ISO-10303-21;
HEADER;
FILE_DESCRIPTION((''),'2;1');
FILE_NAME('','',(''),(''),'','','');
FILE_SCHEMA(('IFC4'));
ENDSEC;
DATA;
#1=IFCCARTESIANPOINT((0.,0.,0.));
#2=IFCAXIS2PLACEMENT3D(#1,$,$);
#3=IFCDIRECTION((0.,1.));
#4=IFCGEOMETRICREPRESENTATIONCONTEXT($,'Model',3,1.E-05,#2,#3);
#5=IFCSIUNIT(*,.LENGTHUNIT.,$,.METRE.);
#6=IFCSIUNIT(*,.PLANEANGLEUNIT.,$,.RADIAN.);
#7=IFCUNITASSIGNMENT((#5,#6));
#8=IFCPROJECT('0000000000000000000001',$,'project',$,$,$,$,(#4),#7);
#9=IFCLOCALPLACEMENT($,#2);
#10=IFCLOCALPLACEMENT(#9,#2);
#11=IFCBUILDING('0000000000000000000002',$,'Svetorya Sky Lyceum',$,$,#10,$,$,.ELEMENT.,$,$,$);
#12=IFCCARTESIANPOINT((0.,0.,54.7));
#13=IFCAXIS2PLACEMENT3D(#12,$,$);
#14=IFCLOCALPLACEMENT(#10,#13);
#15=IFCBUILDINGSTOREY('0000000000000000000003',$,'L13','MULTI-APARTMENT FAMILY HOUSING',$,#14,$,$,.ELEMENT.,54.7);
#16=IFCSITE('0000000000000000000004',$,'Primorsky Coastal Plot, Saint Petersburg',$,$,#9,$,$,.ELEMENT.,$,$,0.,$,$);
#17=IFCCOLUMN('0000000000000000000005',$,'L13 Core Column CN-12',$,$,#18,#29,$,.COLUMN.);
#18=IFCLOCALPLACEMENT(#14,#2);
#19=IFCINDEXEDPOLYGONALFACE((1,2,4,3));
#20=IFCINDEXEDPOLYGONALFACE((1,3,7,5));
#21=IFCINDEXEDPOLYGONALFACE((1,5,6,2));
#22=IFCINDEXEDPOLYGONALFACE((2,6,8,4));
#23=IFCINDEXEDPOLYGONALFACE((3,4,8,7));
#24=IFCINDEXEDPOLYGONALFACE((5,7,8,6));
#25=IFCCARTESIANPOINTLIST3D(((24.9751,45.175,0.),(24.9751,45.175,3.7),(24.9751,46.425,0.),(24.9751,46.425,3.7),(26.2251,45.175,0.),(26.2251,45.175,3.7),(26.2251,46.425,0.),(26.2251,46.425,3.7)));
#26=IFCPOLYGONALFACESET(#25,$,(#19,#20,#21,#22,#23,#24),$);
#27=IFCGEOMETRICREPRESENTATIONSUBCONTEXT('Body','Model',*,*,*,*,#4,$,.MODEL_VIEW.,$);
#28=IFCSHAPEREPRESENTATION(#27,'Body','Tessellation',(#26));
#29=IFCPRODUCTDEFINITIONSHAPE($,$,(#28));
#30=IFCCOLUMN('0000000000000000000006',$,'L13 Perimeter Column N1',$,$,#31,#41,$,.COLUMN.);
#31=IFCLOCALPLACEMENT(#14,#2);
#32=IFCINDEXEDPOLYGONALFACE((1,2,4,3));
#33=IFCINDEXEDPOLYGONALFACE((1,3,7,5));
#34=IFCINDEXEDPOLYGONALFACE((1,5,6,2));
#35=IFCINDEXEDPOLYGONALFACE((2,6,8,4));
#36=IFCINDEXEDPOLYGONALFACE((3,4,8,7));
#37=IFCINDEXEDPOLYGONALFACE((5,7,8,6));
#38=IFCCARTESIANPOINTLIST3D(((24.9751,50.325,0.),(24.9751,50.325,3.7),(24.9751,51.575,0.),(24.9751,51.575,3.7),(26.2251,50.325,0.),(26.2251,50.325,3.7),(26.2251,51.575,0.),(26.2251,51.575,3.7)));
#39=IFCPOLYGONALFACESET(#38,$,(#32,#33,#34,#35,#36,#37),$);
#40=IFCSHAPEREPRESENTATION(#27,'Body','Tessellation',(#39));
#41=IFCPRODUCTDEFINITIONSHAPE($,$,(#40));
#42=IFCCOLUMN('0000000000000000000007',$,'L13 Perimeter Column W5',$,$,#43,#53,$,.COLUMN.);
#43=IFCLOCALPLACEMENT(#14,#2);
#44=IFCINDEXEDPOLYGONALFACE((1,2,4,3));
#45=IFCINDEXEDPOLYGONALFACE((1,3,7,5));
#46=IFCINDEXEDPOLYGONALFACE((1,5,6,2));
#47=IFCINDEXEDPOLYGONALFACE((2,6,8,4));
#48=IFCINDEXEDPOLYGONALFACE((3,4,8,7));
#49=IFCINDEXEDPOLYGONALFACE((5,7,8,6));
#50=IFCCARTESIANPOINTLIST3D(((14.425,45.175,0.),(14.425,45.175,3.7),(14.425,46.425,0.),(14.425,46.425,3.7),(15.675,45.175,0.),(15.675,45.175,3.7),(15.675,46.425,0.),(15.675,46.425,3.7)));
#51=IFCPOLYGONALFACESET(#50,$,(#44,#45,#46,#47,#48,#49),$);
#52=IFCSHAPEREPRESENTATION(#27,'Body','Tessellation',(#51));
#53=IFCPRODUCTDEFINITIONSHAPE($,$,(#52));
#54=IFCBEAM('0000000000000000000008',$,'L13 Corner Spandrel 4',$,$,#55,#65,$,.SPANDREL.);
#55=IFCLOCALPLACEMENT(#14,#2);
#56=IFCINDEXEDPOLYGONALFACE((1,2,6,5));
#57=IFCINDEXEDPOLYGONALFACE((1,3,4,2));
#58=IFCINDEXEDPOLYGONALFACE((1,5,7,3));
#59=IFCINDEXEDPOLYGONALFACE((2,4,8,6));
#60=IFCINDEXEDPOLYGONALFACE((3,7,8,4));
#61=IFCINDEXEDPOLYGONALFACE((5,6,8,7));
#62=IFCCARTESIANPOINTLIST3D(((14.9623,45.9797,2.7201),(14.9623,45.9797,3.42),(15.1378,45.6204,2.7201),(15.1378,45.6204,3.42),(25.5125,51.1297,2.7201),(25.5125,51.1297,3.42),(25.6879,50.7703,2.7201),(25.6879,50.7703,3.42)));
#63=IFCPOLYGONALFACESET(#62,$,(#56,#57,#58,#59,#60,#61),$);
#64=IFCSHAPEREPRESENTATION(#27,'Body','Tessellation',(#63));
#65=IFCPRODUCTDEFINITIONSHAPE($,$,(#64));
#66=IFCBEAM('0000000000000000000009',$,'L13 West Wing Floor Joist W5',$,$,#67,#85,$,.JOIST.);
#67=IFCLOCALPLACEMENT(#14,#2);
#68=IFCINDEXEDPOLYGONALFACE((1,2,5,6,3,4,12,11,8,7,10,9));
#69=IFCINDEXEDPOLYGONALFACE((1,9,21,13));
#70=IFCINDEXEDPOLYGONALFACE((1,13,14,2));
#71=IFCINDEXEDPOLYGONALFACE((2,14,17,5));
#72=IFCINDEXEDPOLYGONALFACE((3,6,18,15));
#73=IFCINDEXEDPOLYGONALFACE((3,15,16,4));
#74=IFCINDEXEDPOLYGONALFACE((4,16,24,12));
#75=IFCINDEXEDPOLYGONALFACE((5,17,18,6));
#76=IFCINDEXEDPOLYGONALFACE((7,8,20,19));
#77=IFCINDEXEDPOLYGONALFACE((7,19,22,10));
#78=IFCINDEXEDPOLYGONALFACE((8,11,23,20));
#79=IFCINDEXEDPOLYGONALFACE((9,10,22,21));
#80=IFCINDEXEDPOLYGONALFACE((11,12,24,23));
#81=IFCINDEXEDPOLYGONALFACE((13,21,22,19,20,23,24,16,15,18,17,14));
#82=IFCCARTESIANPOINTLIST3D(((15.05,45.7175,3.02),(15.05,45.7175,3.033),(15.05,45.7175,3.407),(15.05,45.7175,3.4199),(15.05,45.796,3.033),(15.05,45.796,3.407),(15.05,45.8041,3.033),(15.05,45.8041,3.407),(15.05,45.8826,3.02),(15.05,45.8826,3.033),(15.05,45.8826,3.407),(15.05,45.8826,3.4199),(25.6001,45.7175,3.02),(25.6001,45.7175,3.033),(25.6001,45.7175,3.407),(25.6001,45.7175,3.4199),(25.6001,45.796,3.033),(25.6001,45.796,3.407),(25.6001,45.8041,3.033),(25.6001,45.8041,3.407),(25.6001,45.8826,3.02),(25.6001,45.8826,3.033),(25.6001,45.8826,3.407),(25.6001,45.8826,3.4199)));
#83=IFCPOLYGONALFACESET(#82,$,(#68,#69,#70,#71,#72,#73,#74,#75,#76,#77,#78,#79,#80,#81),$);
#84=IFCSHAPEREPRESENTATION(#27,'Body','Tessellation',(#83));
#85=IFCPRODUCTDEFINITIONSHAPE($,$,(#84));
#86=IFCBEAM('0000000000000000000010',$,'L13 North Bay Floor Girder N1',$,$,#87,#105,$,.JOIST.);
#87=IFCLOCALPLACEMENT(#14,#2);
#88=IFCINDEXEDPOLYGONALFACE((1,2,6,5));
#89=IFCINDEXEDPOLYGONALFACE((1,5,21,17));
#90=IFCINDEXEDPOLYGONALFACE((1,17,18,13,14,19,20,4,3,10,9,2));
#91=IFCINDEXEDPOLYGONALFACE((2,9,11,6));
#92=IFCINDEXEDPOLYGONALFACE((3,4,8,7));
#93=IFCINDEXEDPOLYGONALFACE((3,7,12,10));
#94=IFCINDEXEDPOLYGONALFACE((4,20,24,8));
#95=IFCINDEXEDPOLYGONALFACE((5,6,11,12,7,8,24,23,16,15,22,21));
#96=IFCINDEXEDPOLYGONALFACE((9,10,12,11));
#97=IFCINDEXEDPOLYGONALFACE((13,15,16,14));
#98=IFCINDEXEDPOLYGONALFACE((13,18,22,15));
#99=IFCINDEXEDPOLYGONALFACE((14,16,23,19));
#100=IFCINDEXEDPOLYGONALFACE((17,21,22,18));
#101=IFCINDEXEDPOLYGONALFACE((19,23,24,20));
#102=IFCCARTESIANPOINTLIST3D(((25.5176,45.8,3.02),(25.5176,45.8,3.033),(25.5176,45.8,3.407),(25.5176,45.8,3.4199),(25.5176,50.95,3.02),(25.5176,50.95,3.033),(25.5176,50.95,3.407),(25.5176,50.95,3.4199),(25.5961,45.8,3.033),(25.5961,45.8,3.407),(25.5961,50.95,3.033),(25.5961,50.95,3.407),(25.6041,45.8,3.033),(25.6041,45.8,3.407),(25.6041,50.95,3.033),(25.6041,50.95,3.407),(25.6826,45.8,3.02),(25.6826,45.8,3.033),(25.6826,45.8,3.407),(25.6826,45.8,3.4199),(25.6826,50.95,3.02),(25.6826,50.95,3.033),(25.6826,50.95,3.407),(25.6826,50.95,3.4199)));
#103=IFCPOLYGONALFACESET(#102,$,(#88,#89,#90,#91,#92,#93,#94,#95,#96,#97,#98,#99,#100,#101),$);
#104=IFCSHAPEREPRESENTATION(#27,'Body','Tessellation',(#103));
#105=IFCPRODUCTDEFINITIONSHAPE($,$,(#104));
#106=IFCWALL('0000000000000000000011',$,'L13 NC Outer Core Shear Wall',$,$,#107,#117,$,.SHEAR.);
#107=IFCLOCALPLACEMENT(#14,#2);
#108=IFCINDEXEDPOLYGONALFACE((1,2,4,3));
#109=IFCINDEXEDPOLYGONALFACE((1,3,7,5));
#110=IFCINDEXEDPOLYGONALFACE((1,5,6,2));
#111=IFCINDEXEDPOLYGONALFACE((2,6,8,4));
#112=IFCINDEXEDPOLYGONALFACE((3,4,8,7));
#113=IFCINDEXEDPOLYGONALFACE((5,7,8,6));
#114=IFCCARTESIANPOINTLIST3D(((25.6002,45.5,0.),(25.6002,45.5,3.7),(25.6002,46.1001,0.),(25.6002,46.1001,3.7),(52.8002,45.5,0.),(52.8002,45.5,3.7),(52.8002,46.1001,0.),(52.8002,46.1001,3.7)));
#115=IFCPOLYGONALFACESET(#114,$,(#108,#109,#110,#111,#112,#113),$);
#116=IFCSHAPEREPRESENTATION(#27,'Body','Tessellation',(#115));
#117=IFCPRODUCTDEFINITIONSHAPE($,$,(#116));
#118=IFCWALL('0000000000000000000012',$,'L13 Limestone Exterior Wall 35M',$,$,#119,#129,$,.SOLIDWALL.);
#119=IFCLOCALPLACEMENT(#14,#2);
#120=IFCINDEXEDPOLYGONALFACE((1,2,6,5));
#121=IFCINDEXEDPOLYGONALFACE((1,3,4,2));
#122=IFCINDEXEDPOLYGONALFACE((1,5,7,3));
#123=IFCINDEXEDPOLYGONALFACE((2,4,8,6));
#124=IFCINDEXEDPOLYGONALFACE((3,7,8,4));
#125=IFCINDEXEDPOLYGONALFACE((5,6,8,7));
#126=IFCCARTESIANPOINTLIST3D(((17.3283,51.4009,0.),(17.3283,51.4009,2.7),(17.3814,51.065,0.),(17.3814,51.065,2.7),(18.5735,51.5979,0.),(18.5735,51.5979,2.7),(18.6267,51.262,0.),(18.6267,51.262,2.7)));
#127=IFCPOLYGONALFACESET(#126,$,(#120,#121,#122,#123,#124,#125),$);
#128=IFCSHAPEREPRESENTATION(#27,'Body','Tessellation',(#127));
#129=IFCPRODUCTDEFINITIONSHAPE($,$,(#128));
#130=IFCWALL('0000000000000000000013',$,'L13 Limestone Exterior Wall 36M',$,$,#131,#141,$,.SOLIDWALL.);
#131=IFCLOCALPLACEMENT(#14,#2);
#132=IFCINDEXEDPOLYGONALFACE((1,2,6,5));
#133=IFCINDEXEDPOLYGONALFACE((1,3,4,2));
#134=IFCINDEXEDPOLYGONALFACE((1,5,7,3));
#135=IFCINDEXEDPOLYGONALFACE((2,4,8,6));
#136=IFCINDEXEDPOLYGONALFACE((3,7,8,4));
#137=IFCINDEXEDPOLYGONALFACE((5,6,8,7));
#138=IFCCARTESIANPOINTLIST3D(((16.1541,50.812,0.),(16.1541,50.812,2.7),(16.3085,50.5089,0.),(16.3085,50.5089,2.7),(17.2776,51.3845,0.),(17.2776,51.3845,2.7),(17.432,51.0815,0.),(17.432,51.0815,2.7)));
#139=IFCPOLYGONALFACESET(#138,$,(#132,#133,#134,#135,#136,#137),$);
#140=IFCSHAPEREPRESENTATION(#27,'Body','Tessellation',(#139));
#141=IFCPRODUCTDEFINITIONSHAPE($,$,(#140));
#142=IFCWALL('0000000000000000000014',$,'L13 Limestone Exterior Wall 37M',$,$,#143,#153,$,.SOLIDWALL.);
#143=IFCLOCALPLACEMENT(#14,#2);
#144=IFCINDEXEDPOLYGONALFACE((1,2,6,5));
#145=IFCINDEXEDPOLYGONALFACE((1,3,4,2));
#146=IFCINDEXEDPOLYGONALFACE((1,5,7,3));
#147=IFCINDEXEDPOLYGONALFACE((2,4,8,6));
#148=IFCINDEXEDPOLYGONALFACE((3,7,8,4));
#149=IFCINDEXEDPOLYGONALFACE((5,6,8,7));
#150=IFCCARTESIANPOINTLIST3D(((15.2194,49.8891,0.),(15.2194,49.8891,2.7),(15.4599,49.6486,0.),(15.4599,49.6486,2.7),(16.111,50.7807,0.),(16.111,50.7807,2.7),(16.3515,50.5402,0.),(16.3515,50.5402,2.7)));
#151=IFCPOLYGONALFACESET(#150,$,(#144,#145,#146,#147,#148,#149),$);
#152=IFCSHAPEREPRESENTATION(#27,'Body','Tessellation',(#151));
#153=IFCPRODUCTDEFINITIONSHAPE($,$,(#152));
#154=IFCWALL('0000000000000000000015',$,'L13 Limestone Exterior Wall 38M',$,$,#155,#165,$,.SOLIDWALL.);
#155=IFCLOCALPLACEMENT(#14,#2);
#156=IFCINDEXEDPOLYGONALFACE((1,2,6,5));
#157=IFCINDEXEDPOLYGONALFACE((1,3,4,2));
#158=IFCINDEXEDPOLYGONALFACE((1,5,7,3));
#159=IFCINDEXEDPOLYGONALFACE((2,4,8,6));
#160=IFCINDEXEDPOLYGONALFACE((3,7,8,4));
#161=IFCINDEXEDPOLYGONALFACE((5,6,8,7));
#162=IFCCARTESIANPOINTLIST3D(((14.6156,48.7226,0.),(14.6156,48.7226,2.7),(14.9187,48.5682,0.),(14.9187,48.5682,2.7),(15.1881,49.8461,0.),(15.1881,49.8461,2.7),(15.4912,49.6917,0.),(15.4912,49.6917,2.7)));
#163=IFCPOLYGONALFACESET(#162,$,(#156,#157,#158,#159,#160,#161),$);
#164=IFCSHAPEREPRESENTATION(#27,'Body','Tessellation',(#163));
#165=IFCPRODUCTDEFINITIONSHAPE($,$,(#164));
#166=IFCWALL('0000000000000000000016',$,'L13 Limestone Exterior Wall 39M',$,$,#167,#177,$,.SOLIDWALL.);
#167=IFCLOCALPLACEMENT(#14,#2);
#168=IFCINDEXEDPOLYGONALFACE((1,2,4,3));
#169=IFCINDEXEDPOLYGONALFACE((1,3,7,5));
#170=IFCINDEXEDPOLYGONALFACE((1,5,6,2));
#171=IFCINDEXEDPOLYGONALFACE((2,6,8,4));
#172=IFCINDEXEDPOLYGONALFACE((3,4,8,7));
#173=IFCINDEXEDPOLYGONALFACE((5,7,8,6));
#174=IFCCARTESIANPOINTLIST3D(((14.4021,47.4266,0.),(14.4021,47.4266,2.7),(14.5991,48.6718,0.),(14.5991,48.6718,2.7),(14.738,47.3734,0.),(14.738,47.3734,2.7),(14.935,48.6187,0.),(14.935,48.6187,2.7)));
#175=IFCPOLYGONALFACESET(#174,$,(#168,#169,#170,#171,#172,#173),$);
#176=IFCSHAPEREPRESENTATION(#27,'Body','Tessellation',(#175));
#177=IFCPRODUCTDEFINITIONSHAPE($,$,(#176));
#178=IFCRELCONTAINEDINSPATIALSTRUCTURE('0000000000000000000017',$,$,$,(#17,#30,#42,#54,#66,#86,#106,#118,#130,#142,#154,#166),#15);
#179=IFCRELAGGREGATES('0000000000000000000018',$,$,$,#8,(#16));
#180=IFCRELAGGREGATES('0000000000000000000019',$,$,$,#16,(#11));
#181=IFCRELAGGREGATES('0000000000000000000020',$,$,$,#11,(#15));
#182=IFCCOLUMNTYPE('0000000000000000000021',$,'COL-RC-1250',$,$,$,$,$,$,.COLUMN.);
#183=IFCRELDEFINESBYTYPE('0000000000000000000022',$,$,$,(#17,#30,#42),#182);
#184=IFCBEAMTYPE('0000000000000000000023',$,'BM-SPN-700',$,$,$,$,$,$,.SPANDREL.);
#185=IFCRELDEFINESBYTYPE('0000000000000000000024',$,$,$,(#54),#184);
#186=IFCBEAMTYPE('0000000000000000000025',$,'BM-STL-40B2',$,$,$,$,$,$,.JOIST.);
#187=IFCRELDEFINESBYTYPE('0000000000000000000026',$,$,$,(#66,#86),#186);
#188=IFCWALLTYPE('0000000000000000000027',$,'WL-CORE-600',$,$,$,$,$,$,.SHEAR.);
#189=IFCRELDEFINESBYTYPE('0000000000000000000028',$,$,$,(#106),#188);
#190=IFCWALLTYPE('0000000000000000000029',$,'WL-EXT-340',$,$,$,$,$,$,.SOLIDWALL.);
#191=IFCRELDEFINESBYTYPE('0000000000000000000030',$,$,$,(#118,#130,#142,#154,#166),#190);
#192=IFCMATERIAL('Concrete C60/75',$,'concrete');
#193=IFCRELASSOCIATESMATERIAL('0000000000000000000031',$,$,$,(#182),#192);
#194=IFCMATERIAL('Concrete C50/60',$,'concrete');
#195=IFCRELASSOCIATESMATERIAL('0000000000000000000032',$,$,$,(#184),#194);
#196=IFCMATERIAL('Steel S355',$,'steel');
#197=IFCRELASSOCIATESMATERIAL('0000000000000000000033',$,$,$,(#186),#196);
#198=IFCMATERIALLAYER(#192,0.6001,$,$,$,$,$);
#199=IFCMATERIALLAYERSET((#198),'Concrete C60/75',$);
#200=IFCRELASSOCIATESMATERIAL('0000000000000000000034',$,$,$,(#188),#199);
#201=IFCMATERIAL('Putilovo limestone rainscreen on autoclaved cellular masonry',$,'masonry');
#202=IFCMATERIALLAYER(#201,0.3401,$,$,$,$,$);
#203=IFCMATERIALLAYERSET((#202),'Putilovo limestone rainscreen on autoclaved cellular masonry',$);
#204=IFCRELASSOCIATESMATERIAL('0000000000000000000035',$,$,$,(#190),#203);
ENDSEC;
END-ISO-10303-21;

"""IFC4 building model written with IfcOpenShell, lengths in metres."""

from ifc_helpers import new_model, si_unit, direction, frame, frame_2d, origin, origin_2d, place, context, subcontext, project, spatial, rectangle, i_section, extrude, material, layer, layer_set, material_profile, profile_set, type_object, element, save


model = new_model("IFC4")

# Units and contexts
model_context = context("Model", 3, precision=1e-05, world=origin(), true_north=direction((0.0, 1.0)))
body_context = subcontext(model_context, "Body", "Model", "MODEL_VIEW")
ifc_project = project(units=[si_unit("LENGTHUNIT", "METRE"), si_unit("PLANEANGLEUNIT", "RADIAN")], contexts=[model_context])

# Site, building, storey
site_placement = place(None, origin())
site = spatial("IfcSite", under=ifc_project, at=site_placement, Name="Primorsky Coastal Plot, Saint Petersburg", CompositionType="ELEMENT", RefElevation=0.0)
building_placement = place(site_placement, origin())
building = spatial("IfcBuilding", under=site, at=building_placement, Name="Svetorya Sky Lyceum", CompositionType="ELEMENT")
storey_placement = place(building_placement, frame((0.0, 0.0, 54.7)))
storey = spatial("IfcBuildingStorey", under=building, at=storey_placement, Name="L13", Description="MULTI-APARTMENT FAMILY HOUSING", CompositionType="ELEMENT", Elevation=54.7)

# Columns
ifc_material_1 = material(Name="Concrete C60/75", Category="concrete")
ifc_material_profile_1 = material_profile(ifc_material_1, rectangle(XDim=1.25, YDim=1.25, at=origin_2d()), Name="RC COL 1250x1250")
ifc_profile_set_1 = profile_set([ifc_material_profile_1], Name="Concrete C60/75")
column_type = type_object("IfcColumnType", Name="COL-RC-1250", PredefinedType="COLUMN", material=ifc_profile_set_1)
for number, where, z_axis, x_axis, name in (
    (1, (25.6001, 45.8, 0.0), (0.0, 0.0, 1.0), (1.0, 0.0, 0.0), "L13 Core Column CN-12"),
    (2, (25.6001, 50.95, 0.0), (0.0, 0.0, 1.0), (1.0, 0.0, 0.0), "L13 Perimeter Column N1"),
    (3, (15.05, 45.8, 0.0), (0.0, 0.0, 1.0), (1.0, 0.0, 0.0), "L13 Perimeter Column W5"),
):
    element("IfcColumn", number, at=place(storey_placement, frame(where, z_axis=z_axis, x_axis=x_axis)), inside=storey, type_object=column_type, Name=name, PredefinedType="COLUMN", context=body_context, shape_type="SweptSolid", body=[
        extrude(rectangle(XDim=1.25, YDim=1.25, at=origin_2d()), origin(), (0.0, 0.0, 1.0), 3.7),
    ])

# Beams
ifc_material_2 = material(Name="Concrete C50/60", Category="concrete")
ifc_material_profile_2 = material_profile(ifc_material_2, rectangle(XDim=0.3999, YDim=0.7, at=origin_2d()), Name="RC SPANDREL 400x700")
ifc_profile_set_2 = profile_set([ifc_material_profile_2], Name="Concrete C50/60")
beam_type_1 = type_object("IfcBeamType", Name="BM-SPN-700", PredefinedType="SPANDREL", material=ifc_profile_set_2)
beam_1_placement = place(storey_placement, frame((15.05, 45.8, 3.0701), z_axis=(0.89865, 0.438667, 0.0), x_axis=(-0.438667, 0.89865, 0.0)))
element("IfcBeam", 4, at=beam_1_placement, inside=storey, type_object=beam_type_1, Name="L13 Corner Spandrel 4", PredefinedType="SPANDREL", context=body_context, shape_type="SweptSolid", body=[
    extrude(rectangle(XDim=0.3999, YDim=0.7, at=origin_2d()), origin(), (0.0, 0.0, 1.0), 11.74),
])
ifc_material_3 = material(Name="Steel S355", Category="steel")
ifc_material_profile_3 = material_profile(ifc_material_3, i_section(OverallWidth=0.165, OverallDepth=0.3999, WebThickness=0.0081, FlangeThickness=0.0129, at=origin_2d()), Name="GOST 40B2")
ifc_profile_set_3 = profile_set([ifc_material_profile_3], Name="Steel S355")
beam_type_2 = type_object("IfcBeamType", Name="BM-STL-40B2", PredefinedType="JOIST", material=ifc_profile_set_3)
beam_2_placement = place(storey_placement, frame((15.05, 45.8, 3.22), z_axis=(1.0, 0.0, 0.0), x_axis=(0.0, 1.0, 0.0)))
element("IfcBeam", 5, at=beam_2_placement, inside=storey, type_object=beam_type_2, Name="L13 West Wing Floor Joist W5", PredefinedType="JOIST", context=body_context, shape_type="SweptSolid", body=[
    extrude(i_section(OverallWidth=0.165, OverallDepth=0.3999, WebThickness=0.0081, FlangeThickness=0.0129, at=origin_2d()), origin(), (0.0, 0.0, 1.0), 10.55),
])
beam_3_placement = place(storey_placement, frame((25.6001, 45.8, 3.22), z_axis=(0.0, 1.0, 0.0), x_axis=(-1.0, 0.0, 0.0)))
element("IfcBeam", 6, at=beam_3_placement, inside=storey, type_object=beam_type_2, Name="L13 North Bay Floor Girder N1", PredefinedType="JOIST", context=body_context, shape_type="SweptSolid", body=[
    extrude(i_section(OverallWidth=0.165, OverallDepth=0.3999, WebThickness=0.0081, FlangeThickness=0.0129, at=origin_2d()), origin(), (0.0, 0.0, 1.0), 5.1499),
])

# Walls
ifc_layer_1 = layer(ifc_material_1, 0.6001)
ifc_layer_set_1 = layer_set([ifc_layer_1], Name="Concrete C60/75")
wall_type_1 = type_object("IfcWallType", Name="WL-CORE-600", PredefinedType="SHEAR", material=ifc_layer_set_1)
wall_1_placement = place(storey_placement, frame((25.6001, 45.8, 0.0), z_axis=(0.0, 0.0, 1.0), x_axis=(1.0, 0.0, 0.0)))
element("IfcWall", 7, at=wall_1_placement, inside=storey, type_object=wall_type_1, Name="L13 NC Outer Core Shear Wall", PredefinedType="SHEAR", context=body_context, shape_type="SweptSolid", body=[
    extrude(rectangle(XDim=27.2, YDim=0.6001, at=frame_2d((13.6001, 0.0))), origin(), (0.0, 0.0, 1.0), 3.7),
])
ifc_material_4 = material(Name="Putilovo limestone rainscreen on autoclaved cellular masonry", Category="masonry")
ifc_layer_2 = layer(ifc_material_4, 0.3401)
ifc_layer_set_2 = layer_set([ifc_layer_2], Name="Putilovo limestone rainscreen on autoclaved cellular masonry")
wall_type_2 = type_object("IfcWallType", Name="WL-EXT-340", PredefinedType="SOLIDWALL", material=ifc_layer_set_2)
wall_2_placement = place(storey_placement, frame((18.6001, 51.4299, 0.0), z_axis=(0.0, 0.0, 1.0), x_axis=(-0.987716, -0.156261, 0.0)))
element("IfcWall", 8, at=wall_2_placement, inside=storey, type_object=wall_type_2, Name="L13 Limestone Exterior Wall 35M", PredefinedType="SOLIDWALL", context=body_context, shape_type="SweptSolid", body=[
    extrude(rectangle(XDim=1.2607, YDim=0.3401, at=frame_2d((0.6304, 0.0))), origin(), (0.0, 0.0, 1.0), 2.7),
])
for number, where, z_axis, x_axis, name in (
    (9, (17.3547, 51.2329, 0.0), (0.0, 0.0, 1.0), (-0.890994, -0.454016, 0.0), "L13 Limestone Exterior Wall 36M"),
    (10, (16.2312, 50.6604, 0.0), (0.0, 0.0, 1.0), (-0.707107, -0.707107, 0.0), "L13 Limestone Exterior Wall 37M"),
    (11, (15.3396, 49.7688, 0.0), (0.0, 0.0, 1.0), (-0.454016, -0.890994, 0.0), "L13 Limestone Exterior Wall 38M"),
):
    element("IfcWall", number, at=place(storey_placement, frame(where, z_axis=z_axis, x_axis=x_axis)), inside=storey, type_object=wall_type_2, Name=name, PredefinedType="SOLIDWALL", context=body_context, shape_type="SweptSolid", body=[
        extrude(rectangle(XDim=1.261, YDim=0.3401, at=frame_2d((0.6304, 0.0))), origin(), (0.0, 0.0, 1.0), 2.7),
    ])
wall_3_placement = place(storey_placement, frame((14.7671, 48.6453, 0.0), z_axis=(0.0, 0.0, 1.0), x_axis=(-0.156261, -0.987716, 0.0)))
element("IfcWall", 12, at=wall_3_placement, inside=storey, type_object=wall_type_2, Name="L13 Limestone Exterior Wall 39M", PredefinedType="SOLIDWALL", context=body_context, shape_type="SweptSolid", body=[
    extrude(rectangle(XDim=1.2607, YDim=0.3401, at=frame_2d((0.6304, 0.0))), origin(), (0.0, 0.0, 1.0), 2.7),
])

save(model, "model.ifc")
